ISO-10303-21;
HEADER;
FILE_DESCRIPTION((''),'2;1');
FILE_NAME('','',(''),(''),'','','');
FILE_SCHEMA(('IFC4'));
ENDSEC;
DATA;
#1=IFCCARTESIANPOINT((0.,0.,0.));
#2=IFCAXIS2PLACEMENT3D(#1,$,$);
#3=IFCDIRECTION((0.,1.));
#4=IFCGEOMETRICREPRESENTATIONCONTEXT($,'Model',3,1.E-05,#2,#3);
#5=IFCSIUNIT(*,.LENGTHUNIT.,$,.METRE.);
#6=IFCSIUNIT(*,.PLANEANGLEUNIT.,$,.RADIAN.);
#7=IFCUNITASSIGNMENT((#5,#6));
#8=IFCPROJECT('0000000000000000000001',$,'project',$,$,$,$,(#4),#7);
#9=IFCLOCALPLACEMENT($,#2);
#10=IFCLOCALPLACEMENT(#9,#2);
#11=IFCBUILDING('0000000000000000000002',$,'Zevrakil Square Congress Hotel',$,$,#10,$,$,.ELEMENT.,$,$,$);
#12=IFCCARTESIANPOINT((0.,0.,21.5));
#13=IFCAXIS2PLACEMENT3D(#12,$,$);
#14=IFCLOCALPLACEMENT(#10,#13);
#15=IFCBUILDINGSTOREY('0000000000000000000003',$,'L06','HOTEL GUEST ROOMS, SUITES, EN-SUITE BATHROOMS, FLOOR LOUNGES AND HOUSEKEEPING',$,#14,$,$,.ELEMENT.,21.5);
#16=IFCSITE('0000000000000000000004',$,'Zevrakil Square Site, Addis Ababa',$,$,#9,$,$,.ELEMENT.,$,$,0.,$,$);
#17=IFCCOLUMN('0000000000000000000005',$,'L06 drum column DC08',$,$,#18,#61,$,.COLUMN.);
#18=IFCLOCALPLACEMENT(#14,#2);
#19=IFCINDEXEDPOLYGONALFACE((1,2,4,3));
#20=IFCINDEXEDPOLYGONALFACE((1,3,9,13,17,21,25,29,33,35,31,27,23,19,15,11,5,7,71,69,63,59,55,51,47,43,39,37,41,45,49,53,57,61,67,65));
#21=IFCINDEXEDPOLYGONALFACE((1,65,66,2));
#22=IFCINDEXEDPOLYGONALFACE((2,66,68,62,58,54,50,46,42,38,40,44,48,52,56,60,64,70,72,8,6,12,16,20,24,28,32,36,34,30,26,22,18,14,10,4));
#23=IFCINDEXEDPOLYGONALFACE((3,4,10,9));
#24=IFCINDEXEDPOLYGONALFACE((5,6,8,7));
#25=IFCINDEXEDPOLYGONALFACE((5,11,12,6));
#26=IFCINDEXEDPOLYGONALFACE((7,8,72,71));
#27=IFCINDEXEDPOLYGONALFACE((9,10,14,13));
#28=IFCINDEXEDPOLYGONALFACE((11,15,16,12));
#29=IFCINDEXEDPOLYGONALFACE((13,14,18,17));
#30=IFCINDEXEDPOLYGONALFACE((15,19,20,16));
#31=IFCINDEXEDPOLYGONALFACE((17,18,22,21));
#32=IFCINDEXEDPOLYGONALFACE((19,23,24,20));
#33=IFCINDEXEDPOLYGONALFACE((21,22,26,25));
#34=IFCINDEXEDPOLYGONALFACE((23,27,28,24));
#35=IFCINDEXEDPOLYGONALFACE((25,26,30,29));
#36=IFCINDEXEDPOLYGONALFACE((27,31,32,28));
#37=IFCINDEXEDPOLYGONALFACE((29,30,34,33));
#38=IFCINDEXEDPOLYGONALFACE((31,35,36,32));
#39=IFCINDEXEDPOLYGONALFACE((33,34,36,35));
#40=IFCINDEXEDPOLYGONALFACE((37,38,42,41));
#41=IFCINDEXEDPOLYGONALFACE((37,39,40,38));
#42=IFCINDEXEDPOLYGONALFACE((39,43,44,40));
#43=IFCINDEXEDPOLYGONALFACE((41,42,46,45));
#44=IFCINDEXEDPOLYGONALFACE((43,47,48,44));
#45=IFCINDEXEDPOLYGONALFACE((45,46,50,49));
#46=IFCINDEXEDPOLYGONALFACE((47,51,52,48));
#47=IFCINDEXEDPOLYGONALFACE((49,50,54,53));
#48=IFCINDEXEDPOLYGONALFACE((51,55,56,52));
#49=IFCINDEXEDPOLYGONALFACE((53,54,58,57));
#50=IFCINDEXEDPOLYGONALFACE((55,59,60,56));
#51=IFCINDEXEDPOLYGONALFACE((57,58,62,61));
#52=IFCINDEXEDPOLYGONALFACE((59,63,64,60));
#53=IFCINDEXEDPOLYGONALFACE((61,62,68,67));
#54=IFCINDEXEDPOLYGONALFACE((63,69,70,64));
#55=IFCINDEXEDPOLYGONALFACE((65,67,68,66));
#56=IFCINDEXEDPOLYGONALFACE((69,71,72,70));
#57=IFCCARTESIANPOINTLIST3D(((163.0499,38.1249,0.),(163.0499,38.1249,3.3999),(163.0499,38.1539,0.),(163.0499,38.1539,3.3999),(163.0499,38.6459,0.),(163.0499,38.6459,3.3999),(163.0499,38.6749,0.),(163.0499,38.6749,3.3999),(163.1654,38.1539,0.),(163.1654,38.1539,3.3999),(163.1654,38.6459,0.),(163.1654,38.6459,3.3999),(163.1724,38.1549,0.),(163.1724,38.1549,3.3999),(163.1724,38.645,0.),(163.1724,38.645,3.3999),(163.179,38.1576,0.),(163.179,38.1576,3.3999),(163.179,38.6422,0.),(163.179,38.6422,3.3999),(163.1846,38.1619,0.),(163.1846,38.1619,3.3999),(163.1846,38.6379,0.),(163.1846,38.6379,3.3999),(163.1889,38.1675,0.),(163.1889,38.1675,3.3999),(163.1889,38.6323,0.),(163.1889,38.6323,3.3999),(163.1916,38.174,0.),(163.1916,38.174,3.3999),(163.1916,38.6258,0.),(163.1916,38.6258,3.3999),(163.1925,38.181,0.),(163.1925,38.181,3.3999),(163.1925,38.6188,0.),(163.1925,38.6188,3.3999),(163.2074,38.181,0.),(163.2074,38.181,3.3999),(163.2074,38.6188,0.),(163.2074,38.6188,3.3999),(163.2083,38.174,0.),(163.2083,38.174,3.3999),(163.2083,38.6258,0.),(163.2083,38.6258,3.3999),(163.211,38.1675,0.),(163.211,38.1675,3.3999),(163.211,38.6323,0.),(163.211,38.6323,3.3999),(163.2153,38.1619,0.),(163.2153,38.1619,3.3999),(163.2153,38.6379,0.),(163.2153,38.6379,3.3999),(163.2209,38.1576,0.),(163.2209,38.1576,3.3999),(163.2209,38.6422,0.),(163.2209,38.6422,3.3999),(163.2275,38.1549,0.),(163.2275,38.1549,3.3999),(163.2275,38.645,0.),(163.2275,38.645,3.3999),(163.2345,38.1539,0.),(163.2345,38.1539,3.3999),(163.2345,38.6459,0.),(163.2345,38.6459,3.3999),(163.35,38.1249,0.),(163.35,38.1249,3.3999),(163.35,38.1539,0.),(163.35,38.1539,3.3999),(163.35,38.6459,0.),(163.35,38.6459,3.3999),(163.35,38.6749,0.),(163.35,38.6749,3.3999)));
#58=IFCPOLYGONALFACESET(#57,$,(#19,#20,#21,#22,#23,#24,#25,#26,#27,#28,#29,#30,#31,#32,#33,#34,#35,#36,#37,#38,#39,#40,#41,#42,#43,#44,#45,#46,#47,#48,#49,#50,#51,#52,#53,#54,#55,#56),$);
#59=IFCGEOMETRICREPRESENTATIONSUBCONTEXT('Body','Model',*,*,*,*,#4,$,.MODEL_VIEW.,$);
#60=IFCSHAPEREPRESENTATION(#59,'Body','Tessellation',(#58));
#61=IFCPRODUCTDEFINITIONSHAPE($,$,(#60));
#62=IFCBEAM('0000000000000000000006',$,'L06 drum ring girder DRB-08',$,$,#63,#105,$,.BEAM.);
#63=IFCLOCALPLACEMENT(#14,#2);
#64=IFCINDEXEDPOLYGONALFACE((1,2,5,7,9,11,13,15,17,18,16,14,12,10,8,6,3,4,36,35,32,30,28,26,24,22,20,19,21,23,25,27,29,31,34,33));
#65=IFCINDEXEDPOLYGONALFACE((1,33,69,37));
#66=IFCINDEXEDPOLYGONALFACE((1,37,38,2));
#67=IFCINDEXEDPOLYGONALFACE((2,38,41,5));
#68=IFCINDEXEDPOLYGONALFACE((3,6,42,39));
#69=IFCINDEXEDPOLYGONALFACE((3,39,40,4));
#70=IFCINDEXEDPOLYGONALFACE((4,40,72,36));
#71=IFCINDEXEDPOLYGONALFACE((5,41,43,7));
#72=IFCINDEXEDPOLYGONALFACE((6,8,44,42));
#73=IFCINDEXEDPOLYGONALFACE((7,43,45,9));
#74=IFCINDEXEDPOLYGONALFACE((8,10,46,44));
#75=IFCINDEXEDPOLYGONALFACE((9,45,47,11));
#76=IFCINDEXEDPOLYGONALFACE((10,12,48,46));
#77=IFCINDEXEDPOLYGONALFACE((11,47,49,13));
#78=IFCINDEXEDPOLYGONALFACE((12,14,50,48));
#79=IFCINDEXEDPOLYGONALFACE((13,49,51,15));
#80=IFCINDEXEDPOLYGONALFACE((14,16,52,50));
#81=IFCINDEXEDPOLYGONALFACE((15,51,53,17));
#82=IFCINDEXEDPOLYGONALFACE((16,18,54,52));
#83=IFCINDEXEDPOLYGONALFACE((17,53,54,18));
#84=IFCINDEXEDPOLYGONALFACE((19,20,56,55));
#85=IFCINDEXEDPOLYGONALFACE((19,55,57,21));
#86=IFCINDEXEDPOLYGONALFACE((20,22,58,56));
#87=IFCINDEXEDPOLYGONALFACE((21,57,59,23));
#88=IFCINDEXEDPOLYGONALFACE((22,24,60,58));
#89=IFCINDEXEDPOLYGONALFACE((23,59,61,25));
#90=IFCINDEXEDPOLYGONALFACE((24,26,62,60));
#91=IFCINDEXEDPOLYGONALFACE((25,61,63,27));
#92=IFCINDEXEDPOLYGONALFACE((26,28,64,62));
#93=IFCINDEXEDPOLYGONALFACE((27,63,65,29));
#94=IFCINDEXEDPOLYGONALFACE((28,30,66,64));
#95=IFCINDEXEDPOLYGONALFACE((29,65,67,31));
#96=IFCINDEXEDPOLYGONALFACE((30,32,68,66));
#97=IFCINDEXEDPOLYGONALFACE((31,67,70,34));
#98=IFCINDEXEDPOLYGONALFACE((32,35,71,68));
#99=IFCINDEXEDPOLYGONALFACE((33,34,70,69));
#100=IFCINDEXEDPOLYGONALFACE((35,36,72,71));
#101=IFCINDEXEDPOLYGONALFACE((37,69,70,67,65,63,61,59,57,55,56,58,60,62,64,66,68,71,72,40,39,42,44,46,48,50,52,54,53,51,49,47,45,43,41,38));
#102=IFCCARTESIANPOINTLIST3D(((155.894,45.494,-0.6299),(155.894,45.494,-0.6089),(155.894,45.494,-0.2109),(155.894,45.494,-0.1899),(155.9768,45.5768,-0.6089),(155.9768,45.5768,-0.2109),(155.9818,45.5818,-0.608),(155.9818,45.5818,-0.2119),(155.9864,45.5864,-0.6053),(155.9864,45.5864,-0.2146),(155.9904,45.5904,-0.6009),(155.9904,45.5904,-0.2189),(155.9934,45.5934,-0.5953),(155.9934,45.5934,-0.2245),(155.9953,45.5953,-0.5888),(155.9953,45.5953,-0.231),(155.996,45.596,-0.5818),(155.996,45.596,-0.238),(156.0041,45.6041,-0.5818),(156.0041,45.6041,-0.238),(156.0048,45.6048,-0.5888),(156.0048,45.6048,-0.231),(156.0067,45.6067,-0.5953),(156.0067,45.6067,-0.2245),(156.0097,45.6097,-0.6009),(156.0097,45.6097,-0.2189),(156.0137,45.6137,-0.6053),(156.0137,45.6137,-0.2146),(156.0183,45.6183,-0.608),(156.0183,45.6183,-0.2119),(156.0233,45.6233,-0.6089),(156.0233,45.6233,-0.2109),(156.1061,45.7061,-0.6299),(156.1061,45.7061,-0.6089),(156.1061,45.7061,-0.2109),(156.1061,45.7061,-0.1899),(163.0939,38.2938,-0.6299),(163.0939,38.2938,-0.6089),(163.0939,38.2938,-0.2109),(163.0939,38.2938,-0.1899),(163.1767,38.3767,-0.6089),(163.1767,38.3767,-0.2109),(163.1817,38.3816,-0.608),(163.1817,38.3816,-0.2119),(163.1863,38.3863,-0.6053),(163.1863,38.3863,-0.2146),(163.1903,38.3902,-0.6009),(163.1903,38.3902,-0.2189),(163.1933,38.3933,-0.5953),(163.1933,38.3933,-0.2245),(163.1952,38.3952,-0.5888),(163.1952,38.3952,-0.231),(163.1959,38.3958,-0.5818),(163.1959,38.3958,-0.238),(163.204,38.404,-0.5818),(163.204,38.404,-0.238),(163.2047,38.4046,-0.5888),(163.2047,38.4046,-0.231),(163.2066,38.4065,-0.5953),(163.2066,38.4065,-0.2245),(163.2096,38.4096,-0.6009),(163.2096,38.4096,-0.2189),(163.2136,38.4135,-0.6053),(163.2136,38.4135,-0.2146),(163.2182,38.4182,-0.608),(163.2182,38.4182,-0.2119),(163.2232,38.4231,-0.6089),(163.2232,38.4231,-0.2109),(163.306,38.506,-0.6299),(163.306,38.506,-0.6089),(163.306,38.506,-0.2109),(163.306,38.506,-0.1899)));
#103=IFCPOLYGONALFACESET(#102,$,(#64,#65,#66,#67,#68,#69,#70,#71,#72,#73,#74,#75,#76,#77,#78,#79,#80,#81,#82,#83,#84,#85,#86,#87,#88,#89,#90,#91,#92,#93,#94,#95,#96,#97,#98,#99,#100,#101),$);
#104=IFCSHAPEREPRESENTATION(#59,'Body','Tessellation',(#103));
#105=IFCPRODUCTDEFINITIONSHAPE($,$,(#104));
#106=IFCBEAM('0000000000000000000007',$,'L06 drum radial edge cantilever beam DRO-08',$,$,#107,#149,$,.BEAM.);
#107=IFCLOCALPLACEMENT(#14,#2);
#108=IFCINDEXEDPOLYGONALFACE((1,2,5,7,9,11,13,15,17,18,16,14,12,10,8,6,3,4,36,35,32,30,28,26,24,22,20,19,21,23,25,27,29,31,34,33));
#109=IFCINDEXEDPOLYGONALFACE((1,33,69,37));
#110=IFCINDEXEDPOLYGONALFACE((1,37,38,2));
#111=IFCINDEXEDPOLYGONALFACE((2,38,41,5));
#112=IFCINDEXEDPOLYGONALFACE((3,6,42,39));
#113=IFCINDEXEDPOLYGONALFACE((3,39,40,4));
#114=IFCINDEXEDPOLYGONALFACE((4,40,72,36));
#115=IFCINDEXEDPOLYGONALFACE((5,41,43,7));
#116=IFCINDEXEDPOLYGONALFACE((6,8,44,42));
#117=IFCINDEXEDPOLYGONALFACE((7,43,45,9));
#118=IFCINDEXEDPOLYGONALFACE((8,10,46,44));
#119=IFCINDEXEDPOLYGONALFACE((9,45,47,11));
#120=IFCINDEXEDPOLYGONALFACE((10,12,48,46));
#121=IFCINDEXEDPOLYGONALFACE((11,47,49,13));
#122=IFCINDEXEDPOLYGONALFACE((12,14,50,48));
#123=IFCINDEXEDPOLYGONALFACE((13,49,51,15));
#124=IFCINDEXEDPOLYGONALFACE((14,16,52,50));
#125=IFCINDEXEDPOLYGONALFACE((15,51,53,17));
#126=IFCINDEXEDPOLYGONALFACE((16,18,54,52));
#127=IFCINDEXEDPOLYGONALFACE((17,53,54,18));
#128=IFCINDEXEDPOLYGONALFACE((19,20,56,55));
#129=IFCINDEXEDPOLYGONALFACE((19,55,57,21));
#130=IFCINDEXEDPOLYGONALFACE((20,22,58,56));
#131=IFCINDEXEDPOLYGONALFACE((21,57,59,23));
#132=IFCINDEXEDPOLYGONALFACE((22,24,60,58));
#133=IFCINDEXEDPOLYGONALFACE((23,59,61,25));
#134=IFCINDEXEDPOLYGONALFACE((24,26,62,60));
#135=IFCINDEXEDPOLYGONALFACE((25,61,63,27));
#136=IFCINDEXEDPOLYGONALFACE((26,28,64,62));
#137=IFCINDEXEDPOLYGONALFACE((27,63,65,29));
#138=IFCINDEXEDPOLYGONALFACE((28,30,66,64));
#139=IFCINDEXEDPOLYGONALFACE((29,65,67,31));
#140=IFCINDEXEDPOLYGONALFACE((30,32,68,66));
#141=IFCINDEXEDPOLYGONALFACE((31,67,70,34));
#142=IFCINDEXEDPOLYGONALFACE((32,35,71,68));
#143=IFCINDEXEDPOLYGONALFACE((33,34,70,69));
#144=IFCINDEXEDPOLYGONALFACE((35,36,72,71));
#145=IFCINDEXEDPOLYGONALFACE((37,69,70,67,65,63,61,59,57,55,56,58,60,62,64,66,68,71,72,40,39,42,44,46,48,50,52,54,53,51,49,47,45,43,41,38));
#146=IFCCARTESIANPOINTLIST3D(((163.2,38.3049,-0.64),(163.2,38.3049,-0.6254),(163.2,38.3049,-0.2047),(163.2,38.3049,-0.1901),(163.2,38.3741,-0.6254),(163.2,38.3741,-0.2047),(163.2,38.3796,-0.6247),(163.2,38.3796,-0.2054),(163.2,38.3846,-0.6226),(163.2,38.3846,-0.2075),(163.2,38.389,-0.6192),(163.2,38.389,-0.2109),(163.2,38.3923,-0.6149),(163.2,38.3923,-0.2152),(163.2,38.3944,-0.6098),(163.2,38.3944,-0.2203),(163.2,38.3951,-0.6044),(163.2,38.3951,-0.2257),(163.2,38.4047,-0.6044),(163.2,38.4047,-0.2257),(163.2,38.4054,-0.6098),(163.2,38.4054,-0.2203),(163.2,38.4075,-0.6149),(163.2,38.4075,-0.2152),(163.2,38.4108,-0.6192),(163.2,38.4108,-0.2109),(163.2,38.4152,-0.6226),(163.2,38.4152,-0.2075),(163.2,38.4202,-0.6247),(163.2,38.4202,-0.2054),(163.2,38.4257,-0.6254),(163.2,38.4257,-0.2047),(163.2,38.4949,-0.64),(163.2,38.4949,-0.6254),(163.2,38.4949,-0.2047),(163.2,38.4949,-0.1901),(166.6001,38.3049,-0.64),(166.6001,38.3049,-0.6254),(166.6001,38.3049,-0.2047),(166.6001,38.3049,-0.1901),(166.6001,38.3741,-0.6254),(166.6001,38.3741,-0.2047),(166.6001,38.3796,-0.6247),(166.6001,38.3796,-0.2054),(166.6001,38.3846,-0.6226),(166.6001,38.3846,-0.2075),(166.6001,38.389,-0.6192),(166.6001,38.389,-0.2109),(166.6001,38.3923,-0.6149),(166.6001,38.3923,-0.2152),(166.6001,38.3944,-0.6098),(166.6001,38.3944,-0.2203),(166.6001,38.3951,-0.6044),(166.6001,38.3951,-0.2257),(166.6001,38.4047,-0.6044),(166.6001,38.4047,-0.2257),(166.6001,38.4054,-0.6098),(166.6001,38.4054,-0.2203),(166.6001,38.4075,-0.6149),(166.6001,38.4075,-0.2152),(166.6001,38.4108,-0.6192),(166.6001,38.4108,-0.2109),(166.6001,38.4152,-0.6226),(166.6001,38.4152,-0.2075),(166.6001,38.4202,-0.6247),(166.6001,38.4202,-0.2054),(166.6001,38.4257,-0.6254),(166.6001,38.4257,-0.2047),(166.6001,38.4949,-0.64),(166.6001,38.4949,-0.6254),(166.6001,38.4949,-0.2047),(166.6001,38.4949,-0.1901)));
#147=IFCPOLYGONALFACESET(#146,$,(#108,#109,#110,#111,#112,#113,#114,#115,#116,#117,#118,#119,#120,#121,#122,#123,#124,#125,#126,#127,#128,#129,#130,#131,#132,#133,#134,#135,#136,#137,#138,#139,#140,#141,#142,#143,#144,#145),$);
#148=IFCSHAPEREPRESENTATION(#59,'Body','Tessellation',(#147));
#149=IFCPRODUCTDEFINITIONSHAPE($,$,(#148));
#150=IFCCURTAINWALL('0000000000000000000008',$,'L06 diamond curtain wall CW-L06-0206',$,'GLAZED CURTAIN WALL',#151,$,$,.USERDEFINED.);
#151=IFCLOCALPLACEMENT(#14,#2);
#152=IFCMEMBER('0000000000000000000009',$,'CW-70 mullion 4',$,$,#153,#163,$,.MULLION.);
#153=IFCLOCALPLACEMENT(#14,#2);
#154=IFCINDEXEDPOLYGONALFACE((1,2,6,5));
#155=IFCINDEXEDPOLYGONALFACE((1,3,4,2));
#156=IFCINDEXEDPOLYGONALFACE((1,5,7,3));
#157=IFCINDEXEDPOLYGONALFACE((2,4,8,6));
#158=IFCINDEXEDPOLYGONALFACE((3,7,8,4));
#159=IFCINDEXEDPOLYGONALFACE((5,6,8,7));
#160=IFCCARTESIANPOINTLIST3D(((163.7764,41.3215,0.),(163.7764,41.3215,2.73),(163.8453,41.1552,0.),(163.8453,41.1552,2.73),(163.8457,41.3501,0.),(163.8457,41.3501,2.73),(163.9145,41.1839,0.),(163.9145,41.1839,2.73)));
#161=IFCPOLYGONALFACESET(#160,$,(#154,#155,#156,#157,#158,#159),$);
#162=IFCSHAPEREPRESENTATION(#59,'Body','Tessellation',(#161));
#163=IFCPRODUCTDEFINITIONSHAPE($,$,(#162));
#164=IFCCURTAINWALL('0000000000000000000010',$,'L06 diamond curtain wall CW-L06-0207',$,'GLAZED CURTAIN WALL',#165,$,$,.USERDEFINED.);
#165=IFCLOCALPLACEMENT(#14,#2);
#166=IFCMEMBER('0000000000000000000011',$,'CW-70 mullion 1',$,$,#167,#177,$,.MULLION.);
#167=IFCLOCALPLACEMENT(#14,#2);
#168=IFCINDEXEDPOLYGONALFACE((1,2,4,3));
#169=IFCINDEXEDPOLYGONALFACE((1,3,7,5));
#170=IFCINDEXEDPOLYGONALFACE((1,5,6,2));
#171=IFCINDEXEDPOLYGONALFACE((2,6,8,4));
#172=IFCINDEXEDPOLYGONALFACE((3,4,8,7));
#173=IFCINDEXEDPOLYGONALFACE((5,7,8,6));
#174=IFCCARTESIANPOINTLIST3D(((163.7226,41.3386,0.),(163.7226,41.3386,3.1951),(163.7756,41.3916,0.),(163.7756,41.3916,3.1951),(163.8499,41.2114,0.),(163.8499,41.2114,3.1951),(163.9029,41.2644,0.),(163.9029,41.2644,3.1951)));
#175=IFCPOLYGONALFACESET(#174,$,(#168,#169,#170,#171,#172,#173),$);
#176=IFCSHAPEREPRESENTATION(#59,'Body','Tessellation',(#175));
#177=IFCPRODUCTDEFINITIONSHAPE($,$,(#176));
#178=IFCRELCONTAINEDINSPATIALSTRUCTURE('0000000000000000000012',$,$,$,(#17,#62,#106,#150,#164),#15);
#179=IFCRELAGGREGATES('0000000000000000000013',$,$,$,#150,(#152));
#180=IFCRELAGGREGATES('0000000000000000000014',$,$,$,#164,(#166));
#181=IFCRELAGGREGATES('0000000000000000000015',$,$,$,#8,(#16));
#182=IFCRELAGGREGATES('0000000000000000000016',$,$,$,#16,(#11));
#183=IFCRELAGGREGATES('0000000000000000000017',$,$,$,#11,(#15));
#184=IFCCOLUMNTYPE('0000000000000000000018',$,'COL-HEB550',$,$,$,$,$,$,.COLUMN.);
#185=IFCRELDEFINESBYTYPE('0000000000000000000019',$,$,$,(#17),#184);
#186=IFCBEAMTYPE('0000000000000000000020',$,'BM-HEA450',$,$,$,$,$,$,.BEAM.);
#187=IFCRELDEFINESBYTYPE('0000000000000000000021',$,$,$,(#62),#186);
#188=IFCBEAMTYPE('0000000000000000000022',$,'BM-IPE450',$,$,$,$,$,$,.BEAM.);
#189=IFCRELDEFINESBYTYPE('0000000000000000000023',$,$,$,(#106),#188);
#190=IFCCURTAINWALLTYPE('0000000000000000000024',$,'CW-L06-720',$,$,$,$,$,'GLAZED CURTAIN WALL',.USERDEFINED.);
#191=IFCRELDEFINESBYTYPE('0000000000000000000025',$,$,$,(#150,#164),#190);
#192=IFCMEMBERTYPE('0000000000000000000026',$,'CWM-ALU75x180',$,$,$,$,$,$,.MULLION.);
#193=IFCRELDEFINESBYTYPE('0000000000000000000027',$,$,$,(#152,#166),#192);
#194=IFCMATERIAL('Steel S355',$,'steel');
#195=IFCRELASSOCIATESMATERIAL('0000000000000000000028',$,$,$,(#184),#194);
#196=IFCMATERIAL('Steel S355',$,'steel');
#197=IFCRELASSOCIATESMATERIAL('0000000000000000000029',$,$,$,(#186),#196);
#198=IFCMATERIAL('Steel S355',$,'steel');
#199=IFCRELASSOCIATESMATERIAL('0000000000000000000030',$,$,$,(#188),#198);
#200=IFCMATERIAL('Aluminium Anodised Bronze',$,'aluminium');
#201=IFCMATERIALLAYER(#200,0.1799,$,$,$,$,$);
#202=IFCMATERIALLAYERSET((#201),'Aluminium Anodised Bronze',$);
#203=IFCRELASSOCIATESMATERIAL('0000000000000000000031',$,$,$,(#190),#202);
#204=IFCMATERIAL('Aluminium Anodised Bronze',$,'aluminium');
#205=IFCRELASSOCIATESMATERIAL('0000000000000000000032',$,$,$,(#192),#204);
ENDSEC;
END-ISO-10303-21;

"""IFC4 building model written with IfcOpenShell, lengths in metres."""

from ifc_helpers import new_model, si_unit, direction, frame, origin, origin_2d, place, context, subcontext, project, spatial, rectangle, i_section, extrude, material, layer, layer_set, material_profile, profile_set, type_object, element, aggregate, save


model = new_model("IFC4")

# Units and contexts
model_context = context("Model", 3, precision=1e-05, world=origin(), true_north=direction((0.0, 1.0)))
body_context = subcontext(model_context, "Body", "Model", "MODEL_VIEW")
ifc_project = project(units=[si_unit("LENGTHUNIT", "METRE"), si_unit("PLANEANGLEUNIT", "RADIAN")], contexts=[model_context])

# Site, building, storey
site_placement = place(None, origin())
site = spatial("IfcSite", under=ifc_project, at=site_placement, Name="Zevrakil Square Site, Addis Ababa", CompositionType="ELEMENT", RefElevation=0.0)
building_placement = place(site_placement, origin())
building = spatial("IfcBuilding", under=site, at=building_placement, Name="Zevrakil Square Congress Hotel", CompositionType="ELEMENT")
storey_placement = place(building_placement, frame((0.0, 0.0, 21.5)))
storey = spatial("IfcBuildingStorey", under=building, at=storey_placement, Name="L06", Description="HOTEL GUEST ROOMS, SUITES, EN-SUITE BATHROOMS, FLOOR LOUNGES AND HOUSEKEEPING", CompositionType="ELEMENT", Elevation=21.5)

# Column
ifc_material_1 = material(Name="Steel S355", Category="steel")
ifc_material_profile_1 = material_profile(ifc_material_1, i_section(OverallWidth=0.3, OverallDepth=0.55, WebThickness=0.0149, FlangeThickness=0.0291, FilletRadius=0.0271, at=origin_2d()), Name="HEB 550")
ifc_profile_set_1 = profile_set([ifc_material_profile_1], Name="Steel S355")
column_type = type_object("IfcColumnType", Name="COL-HEB550", PredefinedType="COLUMN", material=ifc_profile_set_1)
column_placement = place(storey_placement, frame((163.2, 38.3999, 0.0), z_axis=(0.0, 0.0, 1.0), x_axis=(1.0, 0.0, 0.0)))
element("IfcColumn", 1, at=column_placement, inside=storey, type_object=column_type, Name="L06 drum column DC08", PredefinedType="COLUMN", context=body_context, shape_type="SweptSolid", body=[
    extrude(i_section(OverallWidth=0.3, OverallDepth=0.55, WebThickness=0.0149, FlangeThickness=0.0291, FilletRadius=0.0271, at=origin_2d()), origin(), (0.0, 0.0, 1.0), 3.3999),
])

# Beams
ifc_material_2 = material(Name="Steel S355", Category="steel")
ifc_material_profile_2 = material_profile(ifc_material_2, i_section(OverallWidth=0.3, OverallDepth=0.4399, WebThickness=0.0115, FlangeThickness=0.021, FilletRadius=0.0271, at=origin_2d()), Name="HEA 450")
ifc_profile_set_2 = profile_set([ifc_material_profile_2], Name="Steel S355")
beam_type_1 = type_object("IfcBeamType", Name="BM-HEA450", PredefinedType="BEAM", material=ifc_profile_set_2)
beam_1_placement = place(storey_placement, frame((163.2, 38.3999, -0.4099), z_axis=(-0.707095, 0.707119, 0.0), x_axis=(-0.707119, -0.707095, 0.0)))
element("IfcBeam", 2, at=beam_1_placement, inside=storey, type_object=beam_type_1, Name="L06 drum ring girder DRB-08", PredefinedType="BEAM", context=body_context, shape_type="SweptSolid", body=[
    extrude(i_section(OverallWidth=0.3, OverallDepth=0.4399, WebThickness=0.0115, FlangeThickness=0.021, FilletRadius=0.0271, at=origin_2d()), origin(), (0.0, 0.0, 1.0), 10.1824),
])
ifc_material_3 = material(Name="Steel S355", Category="steel")
ifc_material_profile_3 = material_profile(ifc_material_3, i_section(OverallWidth=0.1899, OverallDepth=0.45, WebThickness=0.0095, FlangeThickness=0.0146, FilletRadius=0.021, at=origin_2d()), Name="IPE 450")
ifc_profile_set_3 = profile_set([ifc_material_profile_3], Name="Steel S355")
beam_type_2 = type_object("IfcBeamType", Name="BM-IPE450", PredefinedType="BEAM", material=ifc_profile_set_3)
beam_2_placement = place(storey_placement, frame((163.2, 38.3999, -0.415), z_axis=(1.0, 0.0, 0.0), x_axis=(0.0, 1.0, 0.0)))
element("IfcBeam", 3, at=beam_2_placement, inside=storey, type_object=beam_type_2, Name="L06 drum radial edge cantilever beam DRO-08", PredefinedType="BEAM", context=body_context, shape_type="SweptSolid", body=[
    extrude(i_section(OverallWidth=0.1899, OverallDepth=0.45, WebThickness=0.0095, FlangeThickness=0.0146, FilletRadius=0.021, at=origin_2d()), origin(), (0.0, 0.0, 1.0), 3.4001),
])

# Curtain walls, members
ifc_material_4 = material(Name="Aluminium Anodised Bronze", Category="aluminium")
ifc_layer_1 = layer(ifc_material_4, 0.1799)
ifc_layer_set_1 = layer_set([ifc_layer_1], Name="Aluminium Anodised Bronze")
curtain_wall_type = type_object("IfcCurtainWallType", Name="CW-L06-720", ElementType="GLAZED CURTAIN WALL", PredefinedType="USERDEFINED", material=ifc_layer_set_1)
curtain_wall_1_placement = place(storey_placement, origin())
curtain_wall_1 = element("IfcCurtainWall", 4, at=curtain_wall_1_placement, inside=storey, type_object=curtain_wall_type, Name="L06 diamond curtain wall CW-L06-0206", ObjectType="GLAZED CURTAIN WALL", PredefinedType="USERDEFINED")
ifc_material_5 = material(Name="Aluminium Anodised Bronze", Category="aluminium")
ifc_material_profile_4 = material_profile(ifc_material_5, rectangle(XDim=0.075, YDim=0.1799, at=origin_2d()), Name="ALU 75x180")
ifc_profile_set_4 = profile_set([ifc_material_profile_4], Name="Aluminium Anodised Bronze")
member_type = type_object("IfcMemberType", Name="CWM-ALU75x180", PredefinedType="MULLION", material=ifc_profile_set_4)
member_1_placement = place(storey_placement, frame((163.8455, 41.2527, 0.0), z_axis=(0.0, 0.0, 1.0), x_axis=(-0.923879, -0.382684, 0.0)))
member_1 = element("IfcMember", 5, at=member_1_placement, type_object=member_type, Name="CW-70 mullion 4", PredefinedType="MULLION", context=body_context, shape_type="SweptSolid", body=[
    extrude(rectangle(XDim=0.075, YDim=0.1799, at=origin_2d()), origin(), (0.0, 0.0, 1.0), 2.73),
])
aggregate(curtain_wall_1, [member_1])
curtain_wall_2_placement = place(storey_placement, origin())
curtain_wall_2 = element("IfcCurtainWall", 6, at=curtain_wall_2_placement, inside=storey, type_object=curtain_wall_type, Name="L06 diamond curtain wall CW-L06-0207", ObjectType="GLAZED CURTAIN WALL", PredefinedType="USERDEFINED")
member_2_placement = place(storey_placement, frame((163.8127, 41.3015, 0.0), z_axis=(0.0, 0.0, 1.0), x_axis=(-0.707107, -0.707107, 0.0)))
member_2 = element("IfcMember", 7, at=member_2_placement, type_object=member_type, Name="CW-70 mullion 1", PredefinedType="MULLION", context=body_context, shape_type="SweptSolid", body=[
    extrude(rectangle(XDim=0.075, YDim=0.1799, at=origin_2d()), origin(), (0.0, 0.0, 1.0), 3.1951),
])
aggregate(curtain_wall_2, [member_2])

save(model, "model.ifc")
